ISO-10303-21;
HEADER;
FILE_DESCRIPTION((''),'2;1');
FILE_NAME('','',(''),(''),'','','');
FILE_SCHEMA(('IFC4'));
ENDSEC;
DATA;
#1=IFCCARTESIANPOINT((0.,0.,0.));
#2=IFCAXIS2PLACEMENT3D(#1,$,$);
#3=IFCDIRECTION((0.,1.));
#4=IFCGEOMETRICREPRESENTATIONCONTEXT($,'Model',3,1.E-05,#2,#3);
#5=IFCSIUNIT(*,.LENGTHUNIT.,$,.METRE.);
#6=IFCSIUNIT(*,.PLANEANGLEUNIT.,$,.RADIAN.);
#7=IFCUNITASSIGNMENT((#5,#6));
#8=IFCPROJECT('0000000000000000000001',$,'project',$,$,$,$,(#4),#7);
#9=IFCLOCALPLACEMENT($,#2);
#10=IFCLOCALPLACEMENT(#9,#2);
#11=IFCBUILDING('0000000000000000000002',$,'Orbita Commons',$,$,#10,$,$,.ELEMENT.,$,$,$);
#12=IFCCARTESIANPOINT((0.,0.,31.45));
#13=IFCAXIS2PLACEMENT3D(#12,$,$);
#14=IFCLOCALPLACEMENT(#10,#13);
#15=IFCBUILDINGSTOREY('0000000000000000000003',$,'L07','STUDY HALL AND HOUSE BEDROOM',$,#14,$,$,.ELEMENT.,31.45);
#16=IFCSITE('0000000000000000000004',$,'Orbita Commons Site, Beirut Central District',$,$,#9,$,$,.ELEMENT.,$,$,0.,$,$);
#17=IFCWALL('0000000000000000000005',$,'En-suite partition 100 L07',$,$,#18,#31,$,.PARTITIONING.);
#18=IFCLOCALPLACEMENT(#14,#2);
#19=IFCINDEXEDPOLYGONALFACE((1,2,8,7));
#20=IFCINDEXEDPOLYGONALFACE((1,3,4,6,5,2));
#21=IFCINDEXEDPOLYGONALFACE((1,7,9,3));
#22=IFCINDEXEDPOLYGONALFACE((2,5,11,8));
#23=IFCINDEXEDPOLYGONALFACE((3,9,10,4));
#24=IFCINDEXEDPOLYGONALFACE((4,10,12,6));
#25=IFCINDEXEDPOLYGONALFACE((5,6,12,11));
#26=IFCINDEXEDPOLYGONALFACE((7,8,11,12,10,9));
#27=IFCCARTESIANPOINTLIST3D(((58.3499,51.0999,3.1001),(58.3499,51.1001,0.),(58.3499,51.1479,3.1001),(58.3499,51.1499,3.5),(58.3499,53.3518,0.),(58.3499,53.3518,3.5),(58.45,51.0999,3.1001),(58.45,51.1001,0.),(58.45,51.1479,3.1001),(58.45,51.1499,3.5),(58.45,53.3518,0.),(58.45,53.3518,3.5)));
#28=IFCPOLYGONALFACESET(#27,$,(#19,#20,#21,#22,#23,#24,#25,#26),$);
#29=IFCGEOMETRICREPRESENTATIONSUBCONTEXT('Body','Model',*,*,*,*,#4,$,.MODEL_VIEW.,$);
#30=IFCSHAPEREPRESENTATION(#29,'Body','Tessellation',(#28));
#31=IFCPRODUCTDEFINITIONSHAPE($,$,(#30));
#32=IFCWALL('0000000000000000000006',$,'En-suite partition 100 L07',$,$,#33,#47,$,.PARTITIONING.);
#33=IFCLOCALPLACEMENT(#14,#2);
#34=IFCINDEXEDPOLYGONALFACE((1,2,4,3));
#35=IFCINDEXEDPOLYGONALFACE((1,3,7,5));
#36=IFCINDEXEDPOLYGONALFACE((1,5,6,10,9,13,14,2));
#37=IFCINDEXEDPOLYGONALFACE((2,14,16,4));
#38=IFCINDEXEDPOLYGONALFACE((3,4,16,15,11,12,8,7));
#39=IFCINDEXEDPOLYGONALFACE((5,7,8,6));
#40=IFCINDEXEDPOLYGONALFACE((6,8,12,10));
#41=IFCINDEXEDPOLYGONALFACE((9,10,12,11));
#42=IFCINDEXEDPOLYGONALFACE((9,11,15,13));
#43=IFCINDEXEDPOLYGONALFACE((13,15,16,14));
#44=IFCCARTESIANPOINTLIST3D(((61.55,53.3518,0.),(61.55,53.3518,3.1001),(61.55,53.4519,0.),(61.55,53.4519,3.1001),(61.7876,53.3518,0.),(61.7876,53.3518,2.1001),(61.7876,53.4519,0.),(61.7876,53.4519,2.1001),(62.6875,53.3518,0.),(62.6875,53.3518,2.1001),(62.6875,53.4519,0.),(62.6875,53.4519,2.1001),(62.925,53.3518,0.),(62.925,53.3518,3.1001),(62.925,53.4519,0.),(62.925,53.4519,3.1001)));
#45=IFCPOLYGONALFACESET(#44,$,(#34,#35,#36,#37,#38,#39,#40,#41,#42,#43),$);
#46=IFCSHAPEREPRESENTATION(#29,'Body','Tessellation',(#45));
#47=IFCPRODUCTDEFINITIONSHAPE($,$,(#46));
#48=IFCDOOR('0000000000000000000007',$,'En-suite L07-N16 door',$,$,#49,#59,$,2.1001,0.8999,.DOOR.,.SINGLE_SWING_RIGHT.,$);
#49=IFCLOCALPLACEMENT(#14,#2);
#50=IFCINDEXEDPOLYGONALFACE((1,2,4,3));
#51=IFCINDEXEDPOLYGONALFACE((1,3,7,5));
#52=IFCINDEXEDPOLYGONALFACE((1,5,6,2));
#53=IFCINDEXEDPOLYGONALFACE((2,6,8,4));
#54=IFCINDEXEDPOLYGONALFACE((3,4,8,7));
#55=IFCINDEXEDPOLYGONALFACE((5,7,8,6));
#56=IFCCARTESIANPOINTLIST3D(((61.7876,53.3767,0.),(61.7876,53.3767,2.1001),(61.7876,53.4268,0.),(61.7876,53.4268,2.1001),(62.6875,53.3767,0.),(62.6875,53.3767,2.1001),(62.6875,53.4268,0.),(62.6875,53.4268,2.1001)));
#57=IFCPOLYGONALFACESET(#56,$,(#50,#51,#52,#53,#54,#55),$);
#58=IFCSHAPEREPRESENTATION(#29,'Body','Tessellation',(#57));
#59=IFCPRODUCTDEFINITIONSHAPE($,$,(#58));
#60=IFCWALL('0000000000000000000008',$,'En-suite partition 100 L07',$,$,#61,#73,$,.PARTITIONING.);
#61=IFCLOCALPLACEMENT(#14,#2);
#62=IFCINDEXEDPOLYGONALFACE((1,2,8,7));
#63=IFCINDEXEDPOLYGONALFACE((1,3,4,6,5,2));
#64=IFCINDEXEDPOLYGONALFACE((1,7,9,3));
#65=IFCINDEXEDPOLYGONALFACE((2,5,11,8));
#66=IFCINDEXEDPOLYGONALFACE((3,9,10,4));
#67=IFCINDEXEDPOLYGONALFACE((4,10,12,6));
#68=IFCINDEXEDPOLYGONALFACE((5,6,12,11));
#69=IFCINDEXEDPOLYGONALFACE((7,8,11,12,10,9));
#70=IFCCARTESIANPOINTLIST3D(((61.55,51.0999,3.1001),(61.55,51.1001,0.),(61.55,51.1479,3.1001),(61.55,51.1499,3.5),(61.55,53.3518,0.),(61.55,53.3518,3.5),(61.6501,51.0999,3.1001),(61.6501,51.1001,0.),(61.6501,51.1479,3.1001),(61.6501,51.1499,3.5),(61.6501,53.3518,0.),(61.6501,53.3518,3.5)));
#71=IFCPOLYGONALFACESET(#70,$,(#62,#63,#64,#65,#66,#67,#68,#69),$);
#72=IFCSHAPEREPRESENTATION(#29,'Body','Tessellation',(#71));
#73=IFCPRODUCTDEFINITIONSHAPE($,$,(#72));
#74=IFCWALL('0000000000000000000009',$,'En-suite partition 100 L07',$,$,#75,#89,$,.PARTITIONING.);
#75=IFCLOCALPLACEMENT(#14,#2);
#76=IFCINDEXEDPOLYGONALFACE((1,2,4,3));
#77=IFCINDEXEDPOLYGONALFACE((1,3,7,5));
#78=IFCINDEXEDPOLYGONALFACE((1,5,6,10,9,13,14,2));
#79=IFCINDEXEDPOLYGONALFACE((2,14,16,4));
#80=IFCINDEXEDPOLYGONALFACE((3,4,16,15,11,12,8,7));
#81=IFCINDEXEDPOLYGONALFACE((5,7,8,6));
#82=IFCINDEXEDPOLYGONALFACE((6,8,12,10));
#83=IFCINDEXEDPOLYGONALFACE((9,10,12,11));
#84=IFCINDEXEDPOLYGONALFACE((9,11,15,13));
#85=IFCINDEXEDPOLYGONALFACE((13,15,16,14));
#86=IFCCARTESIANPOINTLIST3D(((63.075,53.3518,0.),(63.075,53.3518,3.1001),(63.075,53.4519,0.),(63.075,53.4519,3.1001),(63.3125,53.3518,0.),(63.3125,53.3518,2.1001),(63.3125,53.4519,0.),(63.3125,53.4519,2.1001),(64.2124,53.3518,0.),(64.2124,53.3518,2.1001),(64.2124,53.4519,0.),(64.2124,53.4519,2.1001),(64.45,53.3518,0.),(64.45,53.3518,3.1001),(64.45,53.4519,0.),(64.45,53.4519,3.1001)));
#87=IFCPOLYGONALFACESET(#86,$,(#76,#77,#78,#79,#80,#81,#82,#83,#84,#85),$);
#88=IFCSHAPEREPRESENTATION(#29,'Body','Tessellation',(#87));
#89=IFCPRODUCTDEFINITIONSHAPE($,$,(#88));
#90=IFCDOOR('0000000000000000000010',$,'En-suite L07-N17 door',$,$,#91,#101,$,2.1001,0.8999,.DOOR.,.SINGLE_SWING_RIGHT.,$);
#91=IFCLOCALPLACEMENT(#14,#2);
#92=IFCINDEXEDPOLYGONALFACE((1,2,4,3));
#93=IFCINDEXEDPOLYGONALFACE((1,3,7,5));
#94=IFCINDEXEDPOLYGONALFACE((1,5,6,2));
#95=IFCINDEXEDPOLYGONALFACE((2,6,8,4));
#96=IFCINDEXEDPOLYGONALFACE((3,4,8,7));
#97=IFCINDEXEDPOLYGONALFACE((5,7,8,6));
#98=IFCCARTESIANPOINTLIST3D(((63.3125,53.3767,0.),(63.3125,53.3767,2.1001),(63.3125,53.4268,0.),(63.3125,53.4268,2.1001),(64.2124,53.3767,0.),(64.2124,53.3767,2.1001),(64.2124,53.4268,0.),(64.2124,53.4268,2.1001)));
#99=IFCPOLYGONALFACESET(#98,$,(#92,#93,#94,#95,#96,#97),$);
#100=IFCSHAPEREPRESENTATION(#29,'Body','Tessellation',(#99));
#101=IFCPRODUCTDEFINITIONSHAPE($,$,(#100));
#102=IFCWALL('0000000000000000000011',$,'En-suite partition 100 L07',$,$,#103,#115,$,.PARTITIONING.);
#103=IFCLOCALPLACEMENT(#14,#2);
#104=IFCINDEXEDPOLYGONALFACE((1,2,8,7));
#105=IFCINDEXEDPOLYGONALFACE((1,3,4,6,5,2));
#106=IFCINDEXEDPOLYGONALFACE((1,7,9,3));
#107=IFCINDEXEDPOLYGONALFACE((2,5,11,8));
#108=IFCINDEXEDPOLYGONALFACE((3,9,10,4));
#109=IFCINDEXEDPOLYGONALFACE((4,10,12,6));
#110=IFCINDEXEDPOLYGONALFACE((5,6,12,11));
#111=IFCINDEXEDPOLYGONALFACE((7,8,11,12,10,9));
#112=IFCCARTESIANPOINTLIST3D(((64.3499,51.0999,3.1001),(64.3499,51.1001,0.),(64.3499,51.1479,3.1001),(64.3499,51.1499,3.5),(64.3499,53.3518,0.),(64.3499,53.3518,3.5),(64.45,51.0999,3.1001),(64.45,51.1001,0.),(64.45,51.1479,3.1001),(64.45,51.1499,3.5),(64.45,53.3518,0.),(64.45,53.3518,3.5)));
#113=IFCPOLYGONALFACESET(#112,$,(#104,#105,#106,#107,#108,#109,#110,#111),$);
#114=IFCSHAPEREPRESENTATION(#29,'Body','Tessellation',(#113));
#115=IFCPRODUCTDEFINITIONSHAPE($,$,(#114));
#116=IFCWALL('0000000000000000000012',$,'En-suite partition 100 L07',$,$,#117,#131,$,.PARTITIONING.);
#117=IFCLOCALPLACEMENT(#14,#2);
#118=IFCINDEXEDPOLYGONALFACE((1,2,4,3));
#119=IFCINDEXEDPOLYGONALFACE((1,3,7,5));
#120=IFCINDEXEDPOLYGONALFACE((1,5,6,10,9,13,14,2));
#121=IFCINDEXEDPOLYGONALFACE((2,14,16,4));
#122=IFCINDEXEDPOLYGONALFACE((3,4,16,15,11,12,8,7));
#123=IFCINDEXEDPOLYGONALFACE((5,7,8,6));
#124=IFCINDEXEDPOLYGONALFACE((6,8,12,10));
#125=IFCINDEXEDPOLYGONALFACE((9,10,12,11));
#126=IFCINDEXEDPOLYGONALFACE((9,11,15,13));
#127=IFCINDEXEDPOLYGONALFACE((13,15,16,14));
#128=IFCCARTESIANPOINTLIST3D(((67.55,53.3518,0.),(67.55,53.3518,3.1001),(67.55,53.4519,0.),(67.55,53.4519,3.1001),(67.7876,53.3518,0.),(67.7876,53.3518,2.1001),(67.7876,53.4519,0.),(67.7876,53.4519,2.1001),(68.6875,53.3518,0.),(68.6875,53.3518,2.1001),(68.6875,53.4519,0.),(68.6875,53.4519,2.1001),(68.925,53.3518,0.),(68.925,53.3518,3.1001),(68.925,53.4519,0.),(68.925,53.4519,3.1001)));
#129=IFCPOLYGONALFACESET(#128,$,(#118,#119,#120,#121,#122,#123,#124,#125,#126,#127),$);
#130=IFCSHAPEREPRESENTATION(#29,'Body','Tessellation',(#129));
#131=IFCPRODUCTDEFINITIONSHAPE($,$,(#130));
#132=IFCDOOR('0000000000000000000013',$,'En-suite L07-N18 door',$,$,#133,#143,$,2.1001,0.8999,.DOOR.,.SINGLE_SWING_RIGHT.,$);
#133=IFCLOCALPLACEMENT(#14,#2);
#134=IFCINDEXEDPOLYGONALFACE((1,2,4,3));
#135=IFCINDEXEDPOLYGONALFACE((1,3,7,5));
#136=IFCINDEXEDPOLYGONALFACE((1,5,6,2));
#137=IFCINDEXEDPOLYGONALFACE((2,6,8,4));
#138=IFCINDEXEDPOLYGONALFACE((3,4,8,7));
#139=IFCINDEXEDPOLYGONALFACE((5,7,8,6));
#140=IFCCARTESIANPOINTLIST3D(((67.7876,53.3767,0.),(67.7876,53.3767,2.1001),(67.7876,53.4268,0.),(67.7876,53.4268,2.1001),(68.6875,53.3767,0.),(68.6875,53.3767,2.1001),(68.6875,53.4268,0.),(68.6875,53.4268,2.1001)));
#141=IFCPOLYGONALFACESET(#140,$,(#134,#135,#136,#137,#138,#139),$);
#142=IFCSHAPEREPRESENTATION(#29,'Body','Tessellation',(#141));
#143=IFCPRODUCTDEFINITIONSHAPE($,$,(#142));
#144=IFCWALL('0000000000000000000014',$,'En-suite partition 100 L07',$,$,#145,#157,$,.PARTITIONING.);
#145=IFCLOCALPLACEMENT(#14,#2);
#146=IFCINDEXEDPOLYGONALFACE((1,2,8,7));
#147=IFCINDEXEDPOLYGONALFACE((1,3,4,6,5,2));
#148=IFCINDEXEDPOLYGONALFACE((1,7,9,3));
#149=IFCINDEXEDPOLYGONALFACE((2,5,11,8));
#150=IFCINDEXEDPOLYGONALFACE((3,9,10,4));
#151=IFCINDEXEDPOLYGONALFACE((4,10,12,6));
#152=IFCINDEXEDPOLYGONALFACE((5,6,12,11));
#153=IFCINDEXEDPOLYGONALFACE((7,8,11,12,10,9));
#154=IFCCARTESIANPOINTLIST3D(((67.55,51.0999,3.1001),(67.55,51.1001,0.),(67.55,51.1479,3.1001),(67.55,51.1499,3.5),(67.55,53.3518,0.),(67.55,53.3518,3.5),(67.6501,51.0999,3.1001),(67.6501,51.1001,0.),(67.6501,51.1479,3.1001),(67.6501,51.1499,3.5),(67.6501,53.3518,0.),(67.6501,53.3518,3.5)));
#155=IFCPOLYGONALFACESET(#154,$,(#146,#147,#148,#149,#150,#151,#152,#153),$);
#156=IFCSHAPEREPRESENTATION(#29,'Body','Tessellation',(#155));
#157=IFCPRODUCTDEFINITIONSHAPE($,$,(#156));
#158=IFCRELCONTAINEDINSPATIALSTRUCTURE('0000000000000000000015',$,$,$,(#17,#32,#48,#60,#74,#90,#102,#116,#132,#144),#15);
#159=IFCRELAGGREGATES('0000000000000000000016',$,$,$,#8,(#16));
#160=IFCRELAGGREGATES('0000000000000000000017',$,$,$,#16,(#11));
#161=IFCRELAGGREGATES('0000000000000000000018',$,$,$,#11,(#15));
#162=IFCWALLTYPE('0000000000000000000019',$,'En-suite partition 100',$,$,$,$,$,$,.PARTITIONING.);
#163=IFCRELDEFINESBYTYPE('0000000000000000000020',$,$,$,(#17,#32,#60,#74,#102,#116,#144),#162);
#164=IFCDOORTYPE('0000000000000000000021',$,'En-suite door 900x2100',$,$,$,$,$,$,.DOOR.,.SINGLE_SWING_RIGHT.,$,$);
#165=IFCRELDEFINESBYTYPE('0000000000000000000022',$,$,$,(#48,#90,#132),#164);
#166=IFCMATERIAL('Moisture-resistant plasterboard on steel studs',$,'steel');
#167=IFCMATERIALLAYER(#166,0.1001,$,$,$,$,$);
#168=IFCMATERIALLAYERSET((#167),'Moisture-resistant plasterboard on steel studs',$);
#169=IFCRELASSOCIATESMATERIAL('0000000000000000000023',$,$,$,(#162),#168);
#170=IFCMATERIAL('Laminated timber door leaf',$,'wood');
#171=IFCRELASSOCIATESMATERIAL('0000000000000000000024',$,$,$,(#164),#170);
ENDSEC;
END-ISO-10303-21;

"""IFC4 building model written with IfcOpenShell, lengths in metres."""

from ifc_helpers import new_model, si_unit, direction, frame, frame_2d, origin, place, context, subcontext, project, spatial, polyline, rectangle, outline, extrude, material, layer, layer_set, type_object, element, fill, save


model = new_model("IFC4")

# Units and contexts
model_context = context("Model", 3, precision=1e-05, world=origin(), true_north=direction((0.0, 1.0)))
body_context = subcontext(model_context, "Body", "Model", "MODEL_VIEW")
ifc_project = project(units=[si_unit("LENGTHUNIT", "METRE"), si_unit("PLANEANGLEUNIT", "RADIAN")], contexts=[model_context])

# Site, building, storey
site_placement = place(None, origin())
site = spatial("IfcSite", under=ifc_project, at=site_placement, Name="Orbita Commons Site, Beirut Central District", CompositionType="ELEMENT", RefElevation=0.0)
building_placement = place(site_placement, origin())
building = spatial("IfcBuilding", under=site, at=building_placement, Name="Orbita Commons", CompositionType="ELEMENT")
storey_placement = place(building_placement, frame((0.0, 0.0, 31.45)))
storey = spatial("IfcBuildingStorey", under=building, at=storey_placement, Name="L07", Description="STUDY HALL AND HOUSE BEDROOM", CompositionType="ELEMENT", Elevation=31.45)

# Wall
ifc_material_1 = material(Name="Moisture-resistant plasterboard on steel studs", Category="steel")
ifc_layer_1 = layer(ifc_material_1, 0.1001)
ifc_layer_set_1 = layer_set([ifc_layer_1], Name="Moisture-resistant plasterboard on steel studs")
wall_type_1 = type_object("IfcWallType", Name="En-suite partition 100", PredefinedType="PARTITIONING", material=ifc_layer_set_1)
wall_1_placement = place(storey_placement, frame((58.3999, 53.3518, 0.0), z_axis=(0.0, 0.0, 1.0), x_axis=(0.0, -1.0, 0.0)))
element("IfcWall", 1, at=wall_1_placement, inside=storey, type_object=wall_type_1, Name="En-suite partition 100 L07", PredefinedType="PARTITIONING", context=body_context, shape_type="SweptSolid", body=[
    extrude(outline(polyline([(0.0, 0.0), (2.2517, 0.0), (2.252, 3.1001), (2.2039, 3.1001), (2.2019, 3.5), (0.0, 3.5), (0.0, 0.0)])), frame((0.0, 0.05, 0.0), z_axis=(0.0, -1.0, 0.0), x_axis=(1.0, 0.0, 0.0)), (0.0, 0.0, 1.0), 0.1001),
])

# Wall, opening, door
wall_2_placement = place(storey_placement, frame((61.55, 53.4019, 0.0), z_axis=(0.0, 0.0, 1.0), x_axis=(1.0, 0.0, 0.0)))
wall_2 = element("IfcWall", 2, at=wall_2_placement, inside=storey, type_object=wall_type_1, Name="En-suite partition 100 L07", PredefinedType="PARTITIONING", context=body_context, shape_type="SweptSolid", body=[
    extrude(outline(polyline([(0.0, 0.0), (1.375, 0.0), (1.375, 3.1001), (0.0, 3.1001), (0.0, 0.0)])), frame((0.0, 0.05, 0.0), z_axis=(0.0, -1.0, 0.0), x_axis=(1.0, 0.0, 0.0)), (0.0, 0.0, 1.0), 0.1001),
])
opening_1_placement = place(wall_2_placement, frame((0.2375, 0.0, 0.0)))
opening_1 = element("IfcOpeningElement", 3, at=opening_1_placement, cuts=wall_2, PredefinedType="OPENING", context=body_context, shape_type="SweptSolid", body=[
    extrude(rectangle(XDim=0.8999, YDim=2.1001, at=frame_2d((0.45, 1.05))), frame((0.0, 0.0601, 0.0), z_axis=(0.0, -1.0, 0.0), x_axis=(1.0, 0.0, 0.0)), (0.0, 0.0, 1.0), 0.1201),
])
ifc_material_2 = material(Name="Laminated timber door leaf", Category="wood")
door_type_1 = type_object("IfcDoorType", Name="En-suite door 900x2100", OperationType="SINGLE_SWING_RIGHT", PredefinedType="DOOR", material=ifc_material_2)
door_1_placement = place(opening_1_placement, origin())
door_1 = element("IfcDoor", 4, at=door_1_placement, inside=storey, type_object=door_type_1, Name="En-suite L07-N16 door", OperationType="SINGLE_SWING_RIGHT", OverallHeight=2.1001, OverallWidth=0.8999, PredefinedType="DOOR", context=body_context, shape_type="SweptSolid", body=[
    extrude(rectangle(XDim=0.8999, YDim=2.1001, at=frame_2d((0.45, 1.05))), frame((0.0, 0.0249, 0.0), z_axis=(0.0, -1.0, 0.0), x_axis=(1.0, 0.0, 0.0)), (0.0, 0.0, 1.0), 0.05),
])
fill(opening_1, door_1)

# Wall
wall_3_placement = place(storey_placement, frame((61.6001, 53.3518, 0.0), z_axis=(0.0, 0.0, 1.0), x_axis=(0.0, -1.0, 0.0)))
element("IfcWall", 5, at=wall_3_placement, inside=storey, type_object=wall_type_1, Name="En-suite partition 100 L07", PredefinedType="PARTITIONING", context=body_context, shape_type="SweptSolid", body=[
    extrude(outline(polyline([(0.0, 0.0), (2.2517, 0.0), (2.252, 3.1001), (2.2039, 3.1001), (2.2019, 3.5), (0.0, 3.5), (0.0, 0.0)])), frame((0.0, 0.05, 0.0), z_axis=(0.0, -1.0, 0.0), x_axis=(1.0, 0.0, 0.0)), (0.0, 0.0, 1.0), 0.1001),
])

# Wall, opening, door
wall_4_placement = place(storey_placement, frame((63.075, 53.4019, 0.0), z_axis=(0.0, 0.0, 1.0), x_axis=(1.0, 0.0, 0.0)))
wall_4 = element("IfcWall", 6, at=wall_4_placement, inside=storey, type_object=wall_type_1, Name="En-suite partition 100 L07", PredefinedType="PARTITIONING", context=body_context, shape_type="SweptSolid", body=[
    extrude(outline(polyline([(0.0, 0.0), (1.375, 0.0), (1.375, 3.1001), (0.0, 3.1001), (0.0, 0.0)])), frame((0.0, 0.05, 0.0), z_axis=(0.0, -1.0, 0.0), x_axis=(1.0, 0.0, 0.0)), (0.0, 0.0, 1.0), 0.1001),
])
opening_2_placement = place(wall_4_placement, frame((0.2375, 0.0, 0.0)))
opening_2 = element("IfcOpeningElement", 7, at=opening_2_placement, cuts=wall_4, PredefinedType="OPENING", context=body_context, shape_type="SweptSolid", body=[
    extrude(rectangle(XDim=0.8999, YDim=2.1001, at=frame_2d((0.45, 1.05))), frame((0.0, 0.0601, 0.0), z_axis=(0.0, -1.0, 0.0), x_axis=(1.0, 0.0, 0.0)), (0.0, 0.0, 1.0), 0.1201),
])
door_2_placement = place(opening_2_placement, origin())
door_2 = element("IfcDoor", 8, at=door_2_placement, inside=storey, type_object=door_type_1, Name="En-suite L07-N17 door", OperationType="SINGLE_SWING_RIGHT", OverallHeight=2.1001, OverallWidth=0.8999, PredefinedType="DOOR", context=body_context, shape_type="SweptSolid", body=[
    extrude(rectangle(XDim=0.8999, YDim=2.1001, at=frame_2d((0.45, 1.05))), frame((0.0, 0.0249, 0.0), z_axis=(0.0, -1.0, 0.0), x_axis=(1.0, 0.0, 0.0)), (0.0, 0.0, 1.0), 0.05),
])
fill(opening_2, door_2)

# Wall
wall_5_placement = place(storey_placement, frame((64.3999, 53.3518, 0.0), z_axis=(0.0, 0.0, 1.0), x_axis=(0.0, -1.0, 0.0)))
element("IfcWall", 9, at=wall_5_placement, inside=storey, type_object=wall_type_1, Name="En-suite partition 100 L07", PredefinedType="PARTITIONING", context=body_context, shape_type="SweptSolid", body=[
    extrude(outline(polyline([(0.0, 0.0), (2.2517, 0.0), (2.252, 3.1001), (2.2039, 3.1001), (2.2019, 3.5), (0.0, 3.5), (0.0, 0.0)])), frame((0.0, 0.05, 0.0), z_axis=(0.0, -1.0, 0.0), x_axis=(1.0, 0.0, 0.0)), (0.0, 0.0, 1.0), 0.1001),
])

# Wall, opening, door
wall_6_placement = place(storey_placement, frame((67.55, 53.4019, 0.0), z_axis=(0.0, 0.0, 1.0), x_axis=(1.0, 0.0, 0.0)))
wall_6 = element("IfcWall", 10, at=wall_6_placement, inside=storey, type_object=wall_type_1, Name="En-suite partition 100 L07", PredefinedType="PARTITIONING", context=body_context, shape_type="SweptSolid", body=[
    extrude(outline(polyline([(0.0, 0.0), (1.375, 0.0), (1.375, 3.1001), (0.0, 3.1001), (0.0, 0.0)])), frame((0.0, 0.05, 0.0), z_axis=(0.0, -1.0, 0.0), x_axis=(1.0, 0.0, 0.0)), (0.0, 0.0, 1.0), 0.1001),
])
opening_3_placement = place(wall_6_placement, frame((0.2375, 0.0, 0.0)))
opening_3 = element("IfcOpeningElement", 11, at=opening_3_placement, cuts=wall_6, PredefinedType="OPENING", context=body_context, shape_type="SweptSolid", body=[
    extrude(rectangle(XDim=0.8999, YDim=2.1001, at=frame_2d((0.45, 1.05))), frame((0.0, 0.0601, 0.0), z_axis=(0.0, -1.0, 0.0), x_axis=(1.0, 0.0, 0.0)), (0.0, 0.0, 1.0), 0.1201),
])
door_3_placement = place(opening_3_placement, origin())
door_3 = element("IfcDoor", 12, at=door_3_placement, inside=storey, type_object=door_type_1, Name="En-suite L07-N18 door", OperationType="SINGLE_SWING_RIGHT", OverallHeight=2.1001, OverallWidth=0.8999, PredefinedType="DOOR", context=body_context, shape_type="SweptSolid", body=[
    extrude(rectangle(XDim=0.8999, YDim=2.1001, at=frame_2d((0.45, 1.05))), frame((0.0, 0.0249, 0.0), z_axis=(0.0, -1.0, 0.0), x_axis=(1.0, 0.0, 0.0)), (0.0, 0.0, 1.0), 0.05),
])
fill(opening_3, door_3)

# Wall
wall_7_placement = place(storey_placement, frame((67.6001, 53.3518, 0.0), z_axis=(0.0, 0.0, 1.0), x_axis=(0.0, -1.0, 0.0)))
element("IfcWall", 13, at=wall_7_placement, inside=storey, type_object=wall_type_1, Name="En-suite partition 100 L07", PredefinedType="PARTITIONING", context=body_context, shape_type="SweptSolid", body=[
    extrude(outline(polyline([(0.0, 0.0), (2.2517, 0.0), (2.252, 3.1001), (2.2039, 3.1001), (2.2019, 3.5), (0.0, 3.5), (0.0, 0.0)])), frame((0.0, 0.05, 0.0), z_axis=(0.0, -1.0, 0.0), x_axis=(1.0, 0.0, 0.0)), (0.0, 0.0, 1.0), 0.1001),
])

save(model, "model.ifc")
